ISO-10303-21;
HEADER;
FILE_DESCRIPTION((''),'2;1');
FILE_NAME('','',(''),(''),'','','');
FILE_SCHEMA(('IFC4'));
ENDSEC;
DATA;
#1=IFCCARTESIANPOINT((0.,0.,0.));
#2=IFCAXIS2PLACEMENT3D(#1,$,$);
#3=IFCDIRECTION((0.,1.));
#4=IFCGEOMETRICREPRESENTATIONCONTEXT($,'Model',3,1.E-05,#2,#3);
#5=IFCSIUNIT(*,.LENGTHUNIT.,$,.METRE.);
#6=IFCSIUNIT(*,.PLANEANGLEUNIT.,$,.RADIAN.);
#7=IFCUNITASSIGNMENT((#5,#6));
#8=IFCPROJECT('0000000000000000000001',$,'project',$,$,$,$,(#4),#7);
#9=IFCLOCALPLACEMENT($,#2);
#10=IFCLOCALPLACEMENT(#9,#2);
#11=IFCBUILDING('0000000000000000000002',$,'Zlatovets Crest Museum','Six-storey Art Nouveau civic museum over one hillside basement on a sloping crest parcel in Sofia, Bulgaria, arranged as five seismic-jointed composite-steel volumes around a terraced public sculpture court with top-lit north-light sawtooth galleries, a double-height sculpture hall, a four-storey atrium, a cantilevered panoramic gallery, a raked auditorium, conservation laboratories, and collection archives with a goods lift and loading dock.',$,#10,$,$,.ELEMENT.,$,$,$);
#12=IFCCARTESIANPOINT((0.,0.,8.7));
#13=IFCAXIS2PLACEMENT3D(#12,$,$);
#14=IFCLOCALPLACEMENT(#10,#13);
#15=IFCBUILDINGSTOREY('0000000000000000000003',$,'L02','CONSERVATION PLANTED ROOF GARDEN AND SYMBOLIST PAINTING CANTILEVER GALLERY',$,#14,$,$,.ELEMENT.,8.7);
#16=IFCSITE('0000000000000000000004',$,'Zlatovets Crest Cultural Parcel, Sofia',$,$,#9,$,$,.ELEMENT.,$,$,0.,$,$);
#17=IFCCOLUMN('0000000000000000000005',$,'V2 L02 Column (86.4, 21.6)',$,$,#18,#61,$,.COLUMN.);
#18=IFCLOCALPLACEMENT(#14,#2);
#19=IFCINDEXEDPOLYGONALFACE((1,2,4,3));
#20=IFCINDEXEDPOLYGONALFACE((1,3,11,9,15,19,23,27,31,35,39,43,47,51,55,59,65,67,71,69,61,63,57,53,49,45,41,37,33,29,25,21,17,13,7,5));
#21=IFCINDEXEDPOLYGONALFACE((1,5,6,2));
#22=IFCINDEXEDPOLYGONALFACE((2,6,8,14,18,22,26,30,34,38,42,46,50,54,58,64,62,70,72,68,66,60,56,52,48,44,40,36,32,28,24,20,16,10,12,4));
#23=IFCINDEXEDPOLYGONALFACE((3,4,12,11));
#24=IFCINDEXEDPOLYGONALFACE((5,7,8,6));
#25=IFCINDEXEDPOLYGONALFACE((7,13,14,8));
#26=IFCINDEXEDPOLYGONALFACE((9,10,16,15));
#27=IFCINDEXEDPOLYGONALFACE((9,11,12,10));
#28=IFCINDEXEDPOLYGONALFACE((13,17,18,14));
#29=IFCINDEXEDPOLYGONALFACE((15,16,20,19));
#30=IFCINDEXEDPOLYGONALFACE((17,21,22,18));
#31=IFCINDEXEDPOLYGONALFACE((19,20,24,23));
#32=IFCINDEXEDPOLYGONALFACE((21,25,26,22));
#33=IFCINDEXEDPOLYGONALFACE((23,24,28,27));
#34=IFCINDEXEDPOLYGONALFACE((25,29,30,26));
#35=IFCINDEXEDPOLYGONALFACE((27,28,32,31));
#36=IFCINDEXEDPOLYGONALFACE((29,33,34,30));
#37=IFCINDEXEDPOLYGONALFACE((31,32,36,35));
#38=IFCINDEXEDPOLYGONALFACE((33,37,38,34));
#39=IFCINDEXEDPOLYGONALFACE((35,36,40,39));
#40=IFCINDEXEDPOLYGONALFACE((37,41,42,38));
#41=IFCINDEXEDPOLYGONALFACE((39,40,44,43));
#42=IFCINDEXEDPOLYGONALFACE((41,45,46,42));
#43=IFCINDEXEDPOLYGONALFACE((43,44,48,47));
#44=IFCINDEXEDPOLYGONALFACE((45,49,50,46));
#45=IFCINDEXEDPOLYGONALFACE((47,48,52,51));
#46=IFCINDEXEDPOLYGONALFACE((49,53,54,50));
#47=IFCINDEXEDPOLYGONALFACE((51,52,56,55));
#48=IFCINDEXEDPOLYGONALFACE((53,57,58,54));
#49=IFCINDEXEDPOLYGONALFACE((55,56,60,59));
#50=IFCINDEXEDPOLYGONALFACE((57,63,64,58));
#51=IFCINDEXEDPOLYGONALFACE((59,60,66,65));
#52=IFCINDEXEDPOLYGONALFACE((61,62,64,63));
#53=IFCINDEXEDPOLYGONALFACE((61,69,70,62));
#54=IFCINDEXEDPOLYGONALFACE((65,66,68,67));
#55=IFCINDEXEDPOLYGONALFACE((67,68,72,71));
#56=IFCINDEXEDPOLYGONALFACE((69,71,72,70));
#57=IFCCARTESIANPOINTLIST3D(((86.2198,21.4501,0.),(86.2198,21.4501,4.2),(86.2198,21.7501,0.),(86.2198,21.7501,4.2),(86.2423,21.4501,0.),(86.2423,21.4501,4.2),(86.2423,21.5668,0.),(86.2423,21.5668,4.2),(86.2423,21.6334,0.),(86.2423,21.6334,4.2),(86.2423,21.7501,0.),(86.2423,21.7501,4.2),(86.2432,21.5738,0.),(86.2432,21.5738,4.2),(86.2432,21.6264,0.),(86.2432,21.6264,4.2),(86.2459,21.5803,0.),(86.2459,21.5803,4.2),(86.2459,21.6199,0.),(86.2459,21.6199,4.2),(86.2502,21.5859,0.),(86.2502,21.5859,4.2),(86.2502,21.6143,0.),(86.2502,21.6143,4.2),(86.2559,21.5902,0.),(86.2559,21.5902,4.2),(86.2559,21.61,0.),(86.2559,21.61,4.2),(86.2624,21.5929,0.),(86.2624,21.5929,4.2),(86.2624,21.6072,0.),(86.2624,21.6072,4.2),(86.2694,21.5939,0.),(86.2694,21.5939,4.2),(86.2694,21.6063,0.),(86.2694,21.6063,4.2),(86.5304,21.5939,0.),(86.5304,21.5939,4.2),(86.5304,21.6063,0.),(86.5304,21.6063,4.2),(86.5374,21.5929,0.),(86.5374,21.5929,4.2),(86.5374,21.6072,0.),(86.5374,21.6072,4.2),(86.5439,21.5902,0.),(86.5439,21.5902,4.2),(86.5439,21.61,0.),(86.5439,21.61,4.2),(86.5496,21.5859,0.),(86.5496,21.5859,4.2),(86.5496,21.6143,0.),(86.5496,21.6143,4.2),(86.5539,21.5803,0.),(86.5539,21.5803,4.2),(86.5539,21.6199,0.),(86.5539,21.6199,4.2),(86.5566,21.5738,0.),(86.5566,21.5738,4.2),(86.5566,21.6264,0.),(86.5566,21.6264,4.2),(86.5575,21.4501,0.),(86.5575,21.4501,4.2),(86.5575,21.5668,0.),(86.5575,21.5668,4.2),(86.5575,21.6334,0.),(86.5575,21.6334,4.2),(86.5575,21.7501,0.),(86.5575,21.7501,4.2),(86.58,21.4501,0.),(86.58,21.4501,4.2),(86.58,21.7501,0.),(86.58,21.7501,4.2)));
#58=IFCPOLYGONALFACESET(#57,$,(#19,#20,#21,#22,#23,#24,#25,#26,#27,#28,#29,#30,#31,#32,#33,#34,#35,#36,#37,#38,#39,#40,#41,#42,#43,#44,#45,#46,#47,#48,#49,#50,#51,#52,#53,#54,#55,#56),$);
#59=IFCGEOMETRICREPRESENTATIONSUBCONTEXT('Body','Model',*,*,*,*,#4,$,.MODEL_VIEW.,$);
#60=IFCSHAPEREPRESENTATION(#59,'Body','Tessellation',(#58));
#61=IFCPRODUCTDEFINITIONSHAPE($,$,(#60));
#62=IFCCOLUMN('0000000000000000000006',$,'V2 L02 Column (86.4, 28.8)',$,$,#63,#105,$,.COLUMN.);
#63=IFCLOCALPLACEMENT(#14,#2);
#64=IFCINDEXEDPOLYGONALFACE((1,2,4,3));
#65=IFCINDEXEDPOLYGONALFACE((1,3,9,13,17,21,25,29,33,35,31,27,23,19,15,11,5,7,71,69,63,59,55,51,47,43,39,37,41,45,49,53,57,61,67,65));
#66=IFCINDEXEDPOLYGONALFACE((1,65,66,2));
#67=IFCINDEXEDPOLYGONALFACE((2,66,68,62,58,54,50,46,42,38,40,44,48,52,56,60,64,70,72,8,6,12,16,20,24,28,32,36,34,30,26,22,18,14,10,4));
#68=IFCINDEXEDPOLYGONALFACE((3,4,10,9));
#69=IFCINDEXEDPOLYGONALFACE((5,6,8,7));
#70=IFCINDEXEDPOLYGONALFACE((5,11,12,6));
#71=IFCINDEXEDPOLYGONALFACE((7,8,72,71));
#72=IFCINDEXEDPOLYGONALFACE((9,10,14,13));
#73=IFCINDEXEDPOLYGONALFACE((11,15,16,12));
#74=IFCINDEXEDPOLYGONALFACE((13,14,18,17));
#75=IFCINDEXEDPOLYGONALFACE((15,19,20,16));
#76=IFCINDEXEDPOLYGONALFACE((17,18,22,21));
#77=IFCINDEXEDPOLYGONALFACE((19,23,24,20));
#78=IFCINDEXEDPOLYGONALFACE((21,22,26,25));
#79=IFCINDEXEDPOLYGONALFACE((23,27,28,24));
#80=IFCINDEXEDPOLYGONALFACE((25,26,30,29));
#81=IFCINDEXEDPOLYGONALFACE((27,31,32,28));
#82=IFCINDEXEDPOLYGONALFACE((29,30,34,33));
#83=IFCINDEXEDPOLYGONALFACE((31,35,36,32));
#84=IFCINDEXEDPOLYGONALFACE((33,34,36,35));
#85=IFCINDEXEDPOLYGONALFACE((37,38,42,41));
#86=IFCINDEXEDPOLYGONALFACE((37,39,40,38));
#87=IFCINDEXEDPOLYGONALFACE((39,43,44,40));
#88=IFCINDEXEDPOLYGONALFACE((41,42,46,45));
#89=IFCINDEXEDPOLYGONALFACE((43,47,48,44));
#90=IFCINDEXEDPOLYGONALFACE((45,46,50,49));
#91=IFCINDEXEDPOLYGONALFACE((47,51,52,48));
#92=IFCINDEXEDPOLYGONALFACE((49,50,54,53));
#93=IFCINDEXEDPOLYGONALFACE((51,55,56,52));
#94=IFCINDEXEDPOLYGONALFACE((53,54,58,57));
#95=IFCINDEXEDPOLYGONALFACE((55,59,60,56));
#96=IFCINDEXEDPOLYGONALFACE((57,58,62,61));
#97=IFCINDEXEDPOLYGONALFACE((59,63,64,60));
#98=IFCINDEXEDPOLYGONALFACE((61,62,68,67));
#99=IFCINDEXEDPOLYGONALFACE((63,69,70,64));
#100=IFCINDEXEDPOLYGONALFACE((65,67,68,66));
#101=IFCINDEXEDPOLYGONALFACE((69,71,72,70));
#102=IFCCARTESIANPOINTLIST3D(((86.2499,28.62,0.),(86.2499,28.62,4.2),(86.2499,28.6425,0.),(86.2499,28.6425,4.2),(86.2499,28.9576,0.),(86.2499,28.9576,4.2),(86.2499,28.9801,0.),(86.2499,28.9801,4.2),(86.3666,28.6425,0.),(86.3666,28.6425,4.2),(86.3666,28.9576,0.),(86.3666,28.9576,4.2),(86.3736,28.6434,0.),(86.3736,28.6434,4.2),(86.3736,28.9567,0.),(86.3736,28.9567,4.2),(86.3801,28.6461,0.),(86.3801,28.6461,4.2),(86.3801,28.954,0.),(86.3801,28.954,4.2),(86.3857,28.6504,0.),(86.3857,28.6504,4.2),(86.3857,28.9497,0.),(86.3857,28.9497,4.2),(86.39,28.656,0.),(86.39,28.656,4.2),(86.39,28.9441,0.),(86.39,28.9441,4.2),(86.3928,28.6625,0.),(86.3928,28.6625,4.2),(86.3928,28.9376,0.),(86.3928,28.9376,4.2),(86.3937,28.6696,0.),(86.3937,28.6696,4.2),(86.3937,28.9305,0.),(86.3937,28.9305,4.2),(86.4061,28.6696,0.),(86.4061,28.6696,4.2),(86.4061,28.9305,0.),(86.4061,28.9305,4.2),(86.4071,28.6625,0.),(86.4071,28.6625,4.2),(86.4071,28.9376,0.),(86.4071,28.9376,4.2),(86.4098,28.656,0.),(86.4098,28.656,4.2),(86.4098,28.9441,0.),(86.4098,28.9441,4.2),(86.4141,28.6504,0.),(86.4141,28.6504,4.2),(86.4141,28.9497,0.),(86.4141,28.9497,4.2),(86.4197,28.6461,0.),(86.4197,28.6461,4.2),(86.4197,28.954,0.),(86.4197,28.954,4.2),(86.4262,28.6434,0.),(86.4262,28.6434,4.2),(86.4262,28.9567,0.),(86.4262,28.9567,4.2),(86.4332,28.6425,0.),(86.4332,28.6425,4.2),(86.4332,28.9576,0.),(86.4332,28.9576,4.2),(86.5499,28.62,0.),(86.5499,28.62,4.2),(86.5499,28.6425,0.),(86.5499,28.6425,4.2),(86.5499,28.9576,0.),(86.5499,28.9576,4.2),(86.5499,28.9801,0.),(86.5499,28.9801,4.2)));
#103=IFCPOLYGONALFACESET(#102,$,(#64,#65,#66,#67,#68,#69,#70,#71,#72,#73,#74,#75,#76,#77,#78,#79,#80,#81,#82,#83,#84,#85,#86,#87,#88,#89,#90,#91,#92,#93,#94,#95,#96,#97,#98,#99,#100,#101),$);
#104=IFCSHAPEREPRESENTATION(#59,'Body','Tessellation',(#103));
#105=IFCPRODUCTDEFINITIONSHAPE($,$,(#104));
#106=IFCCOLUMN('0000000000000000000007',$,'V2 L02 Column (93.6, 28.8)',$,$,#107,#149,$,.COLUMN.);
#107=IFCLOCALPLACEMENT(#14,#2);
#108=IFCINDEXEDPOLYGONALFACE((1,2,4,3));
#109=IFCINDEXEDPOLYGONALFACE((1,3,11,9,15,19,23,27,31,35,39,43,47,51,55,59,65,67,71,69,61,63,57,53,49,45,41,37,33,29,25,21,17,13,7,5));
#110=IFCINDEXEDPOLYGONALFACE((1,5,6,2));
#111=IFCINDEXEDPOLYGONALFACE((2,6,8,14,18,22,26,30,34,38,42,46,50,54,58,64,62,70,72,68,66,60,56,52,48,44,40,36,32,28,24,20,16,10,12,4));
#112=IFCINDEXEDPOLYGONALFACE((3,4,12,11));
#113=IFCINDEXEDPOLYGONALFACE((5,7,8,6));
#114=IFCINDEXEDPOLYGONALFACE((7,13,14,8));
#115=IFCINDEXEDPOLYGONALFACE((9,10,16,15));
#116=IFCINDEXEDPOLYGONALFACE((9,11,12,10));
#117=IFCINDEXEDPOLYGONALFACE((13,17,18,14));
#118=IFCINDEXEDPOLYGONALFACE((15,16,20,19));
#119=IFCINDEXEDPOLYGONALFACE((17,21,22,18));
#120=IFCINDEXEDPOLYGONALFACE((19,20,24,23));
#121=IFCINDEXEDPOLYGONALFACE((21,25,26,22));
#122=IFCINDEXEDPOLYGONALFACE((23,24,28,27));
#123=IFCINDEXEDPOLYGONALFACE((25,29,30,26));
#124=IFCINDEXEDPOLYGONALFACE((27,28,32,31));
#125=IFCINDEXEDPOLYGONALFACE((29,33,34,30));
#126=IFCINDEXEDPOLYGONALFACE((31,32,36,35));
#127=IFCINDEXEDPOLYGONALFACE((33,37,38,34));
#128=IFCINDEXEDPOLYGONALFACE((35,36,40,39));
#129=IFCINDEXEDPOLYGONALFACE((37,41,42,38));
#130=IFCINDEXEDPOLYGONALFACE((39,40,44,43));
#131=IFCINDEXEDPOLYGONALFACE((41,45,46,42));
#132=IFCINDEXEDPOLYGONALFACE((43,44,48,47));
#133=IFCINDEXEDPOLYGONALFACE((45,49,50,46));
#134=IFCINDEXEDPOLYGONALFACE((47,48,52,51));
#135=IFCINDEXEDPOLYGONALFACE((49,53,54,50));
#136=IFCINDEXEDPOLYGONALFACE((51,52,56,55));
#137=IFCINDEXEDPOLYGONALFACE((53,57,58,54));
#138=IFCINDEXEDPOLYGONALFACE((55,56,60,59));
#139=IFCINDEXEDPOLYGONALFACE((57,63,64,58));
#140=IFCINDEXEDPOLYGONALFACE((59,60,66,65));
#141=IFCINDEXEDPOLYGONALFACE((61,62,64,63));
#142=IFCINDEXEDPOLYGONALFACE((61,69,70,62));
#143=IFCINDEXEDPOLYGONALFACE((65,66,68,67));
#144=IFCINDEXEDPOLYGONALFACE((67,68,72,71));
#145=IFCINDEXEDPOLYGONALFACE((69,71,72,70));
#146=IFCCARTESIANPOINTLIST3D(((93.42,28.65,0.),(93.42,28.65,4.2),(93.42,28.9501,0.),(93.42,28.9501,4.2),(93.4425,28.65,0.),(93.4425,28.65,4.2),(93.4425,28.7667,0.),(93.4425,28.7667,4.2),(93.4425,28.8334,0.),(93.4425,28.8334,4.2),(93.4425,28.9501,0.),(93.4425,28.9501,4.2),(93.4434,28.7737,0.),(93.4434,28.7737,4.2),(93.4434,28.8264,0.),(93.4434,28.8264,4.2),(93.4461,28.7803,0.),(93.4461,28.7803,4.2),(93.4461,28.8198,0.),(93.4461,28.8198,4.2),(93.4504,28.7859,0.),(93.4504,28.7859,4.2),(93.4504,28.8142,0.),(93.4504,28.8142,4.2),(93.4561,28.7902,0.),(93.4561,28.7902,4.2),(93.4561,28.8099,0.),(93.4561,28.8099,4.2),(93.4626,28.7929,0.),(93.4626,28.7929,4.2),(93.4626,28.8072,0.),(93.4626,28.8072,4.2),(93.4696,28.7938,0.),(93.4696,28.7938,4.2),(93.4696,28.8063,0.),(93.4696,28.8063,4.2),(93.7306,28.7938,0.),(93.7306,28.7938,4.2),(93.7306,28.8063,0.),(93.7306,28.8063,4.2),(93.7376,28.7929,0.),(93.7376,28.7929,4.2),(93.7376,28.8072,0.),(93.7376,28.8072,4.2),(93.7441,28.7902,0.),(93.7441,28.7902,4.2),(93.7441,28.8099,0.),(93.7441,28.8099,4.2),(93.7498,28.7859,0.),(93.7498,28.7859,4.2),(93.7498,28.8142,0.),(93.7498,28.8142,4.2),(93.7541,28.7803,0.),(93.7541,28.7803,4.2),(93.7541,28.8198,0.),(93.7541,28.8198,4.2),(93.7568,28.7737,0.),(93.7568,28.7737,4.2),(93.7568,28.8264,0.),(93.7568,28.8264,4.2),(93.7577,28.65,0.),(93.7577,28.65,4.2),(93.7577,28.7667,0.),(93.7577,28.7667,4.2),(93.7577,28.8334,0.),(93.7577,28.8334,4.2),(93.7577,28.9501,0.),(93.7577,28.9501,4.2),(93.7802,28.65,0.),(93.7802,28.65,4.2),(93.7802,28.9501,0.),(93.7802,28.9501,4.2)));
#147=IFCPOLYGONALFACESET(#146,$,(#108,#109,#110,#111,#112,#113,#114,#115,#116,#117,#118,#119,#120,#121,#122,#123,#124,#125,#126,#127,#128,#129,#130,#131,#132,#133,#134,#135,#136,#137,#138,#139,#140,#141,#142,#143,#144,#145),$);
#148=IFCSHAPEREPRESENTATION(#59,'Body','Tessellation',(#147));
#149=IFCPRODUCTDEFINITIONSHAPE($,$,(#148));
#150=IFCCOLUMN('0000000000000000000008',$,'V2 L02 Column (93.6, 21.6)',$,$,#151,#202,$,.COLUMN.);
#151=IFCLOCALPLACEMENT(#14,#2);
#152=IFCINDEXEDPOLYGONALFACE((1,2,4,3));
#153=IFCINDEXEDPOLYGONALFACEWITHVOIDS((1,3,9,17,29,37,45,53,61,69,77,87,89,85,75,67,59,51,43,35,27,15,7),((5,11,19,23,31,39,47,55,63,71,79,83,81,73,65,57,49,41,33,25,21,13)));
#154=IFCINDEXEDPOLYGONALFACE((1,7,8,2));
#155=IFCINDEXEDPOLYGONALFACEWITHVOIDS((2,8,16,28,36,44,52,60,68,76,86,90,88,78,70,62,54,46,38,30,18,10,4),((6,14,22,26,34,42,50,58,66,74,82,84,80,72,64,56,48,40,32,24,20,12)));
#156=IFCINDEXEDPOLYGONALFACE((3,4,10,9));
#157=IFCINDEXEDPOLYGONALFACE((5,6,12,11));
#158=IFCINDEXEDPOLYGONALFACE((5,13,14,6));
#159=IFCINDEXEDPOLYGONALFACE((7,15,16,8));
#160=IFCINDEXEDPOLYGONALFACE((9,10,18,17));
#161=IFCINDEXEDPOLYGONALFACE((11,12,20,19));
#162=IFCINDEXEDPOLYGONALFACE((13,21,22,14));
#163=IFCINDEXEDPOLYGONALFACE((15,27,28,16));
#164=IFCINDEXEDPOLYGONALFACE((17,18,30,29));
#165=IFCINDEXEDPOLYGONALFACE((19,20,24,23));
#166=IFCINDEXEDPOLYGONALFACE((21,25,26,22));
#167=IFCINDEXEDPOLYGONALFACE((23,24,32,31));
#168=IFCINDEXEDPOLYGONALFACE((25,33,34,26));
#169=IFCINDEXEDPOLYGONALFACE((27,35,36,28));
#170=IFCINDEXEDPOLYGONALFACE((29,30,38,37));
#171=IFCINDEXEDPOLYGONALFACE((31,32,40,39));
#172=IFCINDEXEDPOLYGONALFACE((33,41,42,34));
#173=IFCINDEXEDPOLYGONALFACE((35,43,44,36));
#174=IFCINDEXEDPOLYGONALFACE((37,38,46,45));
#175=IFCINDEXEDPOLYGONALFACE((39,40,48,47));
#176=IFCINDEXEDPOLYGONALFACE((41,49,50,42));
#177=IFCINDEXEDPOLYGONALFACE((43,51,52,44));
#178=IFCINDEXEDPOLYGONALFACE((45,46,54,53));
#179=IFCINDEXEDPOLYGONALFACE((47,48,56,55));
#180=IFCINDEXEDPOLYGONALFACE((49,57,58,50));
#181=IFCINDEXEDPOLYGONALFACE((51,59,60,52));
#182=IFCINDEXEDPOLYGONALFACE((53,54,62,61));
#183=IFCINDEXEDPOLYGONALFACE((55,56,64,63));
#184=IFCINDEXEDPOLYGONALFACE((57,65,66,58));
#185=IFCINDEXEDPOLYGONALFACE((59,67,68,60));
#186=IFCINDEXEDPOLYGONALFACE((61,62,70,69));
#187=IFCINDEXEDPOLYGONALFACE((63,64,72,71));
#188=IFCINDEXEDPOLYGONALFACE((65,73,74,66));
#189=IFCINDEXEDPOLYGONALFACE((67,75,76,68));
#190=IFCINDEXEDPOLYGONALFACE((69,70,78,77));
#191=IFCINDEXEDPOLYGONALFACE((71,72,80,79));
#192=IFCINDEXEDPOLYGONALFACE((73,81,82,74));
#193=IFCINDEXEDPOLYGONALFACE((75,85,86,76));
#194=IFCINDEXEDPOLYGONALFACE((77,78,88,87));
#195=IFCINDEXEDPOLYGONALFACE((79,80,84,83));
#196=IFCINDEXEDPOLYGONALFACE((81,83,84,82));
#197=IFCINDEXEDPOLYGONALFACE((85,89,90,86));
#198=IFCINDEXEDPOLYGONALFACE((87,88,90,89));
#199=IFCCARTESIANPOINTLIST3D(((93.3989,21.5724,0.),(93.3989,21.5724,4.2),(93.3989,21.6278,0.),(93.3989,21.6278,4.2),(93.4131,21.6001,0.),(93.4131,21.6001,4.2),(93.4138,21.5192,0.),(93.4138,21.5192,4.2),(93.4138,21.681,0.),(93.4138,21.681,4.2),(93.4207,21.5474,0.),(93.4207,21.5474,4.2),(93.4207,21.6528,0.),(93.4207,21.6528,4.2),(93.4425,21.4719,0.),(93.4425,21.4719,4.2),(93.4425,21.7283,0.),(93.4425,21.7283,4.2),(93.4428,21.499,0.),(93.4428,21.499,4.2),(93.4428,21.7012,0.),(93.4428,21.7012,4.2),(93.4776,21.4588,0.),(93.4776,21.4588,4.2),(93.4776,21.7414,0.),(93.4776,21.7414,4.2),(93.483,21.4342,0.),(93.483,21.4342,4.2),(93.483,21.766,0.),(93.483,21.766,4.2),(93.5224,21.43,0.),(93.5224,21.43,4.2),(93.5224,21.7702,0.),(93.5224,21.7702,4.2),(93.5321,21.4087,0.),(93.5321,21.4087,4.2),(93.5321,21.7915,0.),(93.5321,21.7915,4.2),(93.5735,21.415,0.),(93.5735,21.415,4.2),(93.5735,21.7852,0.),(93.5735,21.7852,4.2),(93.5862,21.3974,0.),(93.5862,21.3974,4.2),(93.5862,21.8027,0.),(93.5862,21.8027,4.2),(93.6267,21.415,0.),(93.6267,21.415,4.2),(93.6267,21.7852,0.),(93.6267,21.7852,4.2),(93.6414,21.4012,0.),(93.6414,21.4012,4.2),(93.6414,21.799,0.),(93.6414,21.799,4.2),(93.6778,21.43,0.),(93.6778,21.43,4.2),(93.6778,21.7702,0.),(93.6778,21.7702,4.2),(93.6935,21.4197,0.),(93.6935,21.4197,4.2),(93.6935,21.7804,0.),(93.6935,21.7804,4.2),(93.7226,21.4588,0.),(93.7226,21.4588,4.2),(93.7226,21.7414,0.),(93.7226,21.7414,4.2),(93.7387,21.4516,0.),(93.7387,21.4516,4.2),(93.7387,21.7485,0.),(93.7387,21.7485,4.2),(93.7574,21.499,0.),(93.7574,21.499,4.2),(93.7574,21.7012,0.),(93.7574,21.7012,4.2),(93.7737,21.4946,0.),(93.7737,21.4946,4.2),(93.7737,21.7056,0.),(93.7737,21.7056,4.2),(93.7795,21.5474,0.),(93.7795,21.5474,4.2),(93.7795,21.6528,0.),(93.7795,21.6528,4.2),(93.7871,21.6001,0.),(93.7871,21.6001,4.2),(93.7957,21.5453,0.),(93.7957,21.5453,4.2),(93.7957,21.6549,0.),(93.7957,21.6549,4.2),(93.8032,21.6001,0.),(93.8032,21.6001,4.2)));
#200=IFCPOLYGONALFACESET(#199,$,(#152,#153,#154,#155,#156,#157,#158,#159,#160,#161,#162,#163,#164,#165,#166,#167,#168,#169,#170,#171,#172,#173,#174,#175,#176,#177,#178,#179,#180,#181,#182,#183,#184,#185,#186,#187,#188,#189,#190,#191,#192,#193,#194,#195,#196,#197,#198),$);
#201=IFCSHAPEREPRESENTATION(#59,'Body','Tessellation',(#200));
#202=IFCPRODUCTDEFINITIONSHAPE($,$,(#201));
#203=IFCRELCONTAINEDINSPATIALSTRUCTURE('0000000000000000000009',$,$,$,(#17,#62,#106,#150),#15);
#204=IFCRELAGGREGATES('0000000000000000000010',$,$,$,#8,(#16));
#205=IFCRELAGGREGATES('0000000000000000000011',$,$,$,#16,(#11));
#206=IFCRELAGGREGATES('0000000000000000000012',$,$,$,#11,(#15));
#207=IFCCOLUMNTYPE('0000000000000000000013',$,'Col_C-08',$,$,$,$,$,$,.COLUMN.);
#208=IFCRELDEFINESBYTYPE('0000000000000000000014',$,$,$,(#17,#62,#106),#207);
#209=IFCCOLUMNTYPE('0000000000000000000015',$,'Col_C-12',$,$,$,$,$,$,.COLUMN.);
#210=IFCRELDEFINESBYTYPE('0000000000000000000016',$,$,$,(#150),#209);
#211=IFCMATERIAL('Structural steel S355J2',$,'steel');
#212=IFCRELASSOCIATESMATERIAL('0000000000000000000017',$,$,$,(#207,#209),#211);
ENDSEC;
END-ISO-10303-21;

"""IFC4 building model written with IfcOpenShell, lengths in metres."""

from ifc_helpers import new_model, si_unit, direction, frame, origin, origin_2d, place, context, subcontext, project, spatial, hollow_circle, i_section, extrude, material, material_profile, profile_set, type_object, element, save


model = new_model("IFC4")

# Units and contexts
model_context = context("Model", 3, precision=1e-05, world=origin(), true_north=direction((0.0, 1.0)))
body_context = subcontext(model_context, "Body", "Model", "MODEL_VIEW")
ifc_project = project(units=[si_unit("LENGTHUNIT", "METRE"), si_unit("PLANEANGLEUNIT", "RADIAN")], contexts=[model_context])

# Site, building, storey
site_placement = place(None, origin())
site = spatial("IfcSite", under=ifc_project, at=site_placement, Name="Zlatovets Crest Cultural Parcel, Sofia", CompositionType="ELEMENT", RefElevation=0.0)
building_placement = place(site_placement, origin())
building = spatial("IfcBuilding", under=site, at=building_placement, Name="Zlatovets Crest Museum", Description="Six-storey Art Nouveau civic museum over one hillside basement on a sloping crest parcel in Sofia, Bulgaria, arranged as five seismic-jointed composite-steel volumes around a terraced public sculpture court with top-lit north-light sawtooth galleries, a double-height sculpture hall, a four-storey atrium, a cantilevered panoramic gallery, a raked auditorium, conservation laboratories, and collection archives with a goods lift and loading dock.", CompositionType="ELEMENT")
storey_placement = place(building_placement, frame((0.0, 0.0, 8.7)))
storey = spatial("IfcBuildingStorey", under=building, at=storey_placement, Name="L02", Description="CONSERVATION PLANTED ROOF GARDEN AND SYMBOLIST PAINTING CANTILEVER GALLERY", CompositionType="ELEMENT", Elevation=8.7)

# Columns
ifc_material_1 = material(Name="Structural steel S355J2", Category="steel")
ifc_material_profile_1 = material_profile(ifc_material_1, i_section(OverallWidth=0.3, OverallDepth=0.3601, WebThickness=0.0125, FlangeThickness=0.0225, FilletRadius=0.0271, at=origin_2d()), Name="HEB 360")
ifc_profile_set_1 = profile_set([ifc_material_profile_1], Name="Structural steel S355J2")
column_type_1 = type_object("IfcColumnType", Name="Col_C-08", PredefinedType="COLUMN", material=ifc_profile_set_1)
for number, where, z_axis, x_axis, name in (
    (1, (86.3999, 21.6001, 0.0), (0.0, 0.0, 1.0), (0.0, 1.0, 0.0), "V2 L02 Column (86.4, 21.6)"),
    (2, (86.3999, 28.8, 0.0), (0.0, 0.0, 1.0), (1.0, 0.0, 0.0), "V2 L02 Column (86.4, 28.8)"),
    (3, (93.6001, 28.8, 0.0), (0.0, 0.0, 1.0), (0.0, 1.0, 0.0), "V2 L02 Column (93.6, 28.8)"),
):
    element("IfcColumn", number, at=place(storey_placement, frame(where, z_axis=z_axis, x_axis=x_axis)), inside=storey, type_object=column_type_1, Name=name, PredefinedType="COLUMN", context=body_context, shape_type="SweptSolid", body=[
        extrude(i_section(OverallWidth=0.3, OverallDepth=0.3601, WebThickness=0.0125, FlangeThickness=0.0225, FilletRadius=0.0271, at=origin_2d()), origin(), (0.0, 0.0, 1.0), 4.2),
    ])
ifc_material_profile_2 = material_profile(ifc_material_1, hollow_circle(Radius=0.2031, WallThickness=0.0161, at=origin_2d()), Name="CHS 406.4x16.0")
ifc_profile_set_2 = profile_set([ifc_material_profile_2], Name="Structural steel S355J2")
column_type_2 = type_object("IfcColumnType", Name="Col_C-12", PredefinedType="COLUMN", material=ifc_profile_set_2)
column_placement = place(storey_placement, frame((93.6001, 21.6001, 0.0), z_axis=(0.0, 0.0, 1.0), x_axis=(1.0, 0.0, 0.0)))
element("IfcColumn", 4, at=column_placement, inside=storey, type_object=column_type_2, Name="V2 L02 Column (93.6, 21.6)", PredefinedType="COLUMN", context=body_context, shape_type="SweptSolid", body=[
    extrude(hollow_circle(Radius=0.2031, WallThickness=0.0161, at=origin_2d()), origin(), (0.0, 0.0, 1.0), 4.2),
])

save(model, "model.ifc")
